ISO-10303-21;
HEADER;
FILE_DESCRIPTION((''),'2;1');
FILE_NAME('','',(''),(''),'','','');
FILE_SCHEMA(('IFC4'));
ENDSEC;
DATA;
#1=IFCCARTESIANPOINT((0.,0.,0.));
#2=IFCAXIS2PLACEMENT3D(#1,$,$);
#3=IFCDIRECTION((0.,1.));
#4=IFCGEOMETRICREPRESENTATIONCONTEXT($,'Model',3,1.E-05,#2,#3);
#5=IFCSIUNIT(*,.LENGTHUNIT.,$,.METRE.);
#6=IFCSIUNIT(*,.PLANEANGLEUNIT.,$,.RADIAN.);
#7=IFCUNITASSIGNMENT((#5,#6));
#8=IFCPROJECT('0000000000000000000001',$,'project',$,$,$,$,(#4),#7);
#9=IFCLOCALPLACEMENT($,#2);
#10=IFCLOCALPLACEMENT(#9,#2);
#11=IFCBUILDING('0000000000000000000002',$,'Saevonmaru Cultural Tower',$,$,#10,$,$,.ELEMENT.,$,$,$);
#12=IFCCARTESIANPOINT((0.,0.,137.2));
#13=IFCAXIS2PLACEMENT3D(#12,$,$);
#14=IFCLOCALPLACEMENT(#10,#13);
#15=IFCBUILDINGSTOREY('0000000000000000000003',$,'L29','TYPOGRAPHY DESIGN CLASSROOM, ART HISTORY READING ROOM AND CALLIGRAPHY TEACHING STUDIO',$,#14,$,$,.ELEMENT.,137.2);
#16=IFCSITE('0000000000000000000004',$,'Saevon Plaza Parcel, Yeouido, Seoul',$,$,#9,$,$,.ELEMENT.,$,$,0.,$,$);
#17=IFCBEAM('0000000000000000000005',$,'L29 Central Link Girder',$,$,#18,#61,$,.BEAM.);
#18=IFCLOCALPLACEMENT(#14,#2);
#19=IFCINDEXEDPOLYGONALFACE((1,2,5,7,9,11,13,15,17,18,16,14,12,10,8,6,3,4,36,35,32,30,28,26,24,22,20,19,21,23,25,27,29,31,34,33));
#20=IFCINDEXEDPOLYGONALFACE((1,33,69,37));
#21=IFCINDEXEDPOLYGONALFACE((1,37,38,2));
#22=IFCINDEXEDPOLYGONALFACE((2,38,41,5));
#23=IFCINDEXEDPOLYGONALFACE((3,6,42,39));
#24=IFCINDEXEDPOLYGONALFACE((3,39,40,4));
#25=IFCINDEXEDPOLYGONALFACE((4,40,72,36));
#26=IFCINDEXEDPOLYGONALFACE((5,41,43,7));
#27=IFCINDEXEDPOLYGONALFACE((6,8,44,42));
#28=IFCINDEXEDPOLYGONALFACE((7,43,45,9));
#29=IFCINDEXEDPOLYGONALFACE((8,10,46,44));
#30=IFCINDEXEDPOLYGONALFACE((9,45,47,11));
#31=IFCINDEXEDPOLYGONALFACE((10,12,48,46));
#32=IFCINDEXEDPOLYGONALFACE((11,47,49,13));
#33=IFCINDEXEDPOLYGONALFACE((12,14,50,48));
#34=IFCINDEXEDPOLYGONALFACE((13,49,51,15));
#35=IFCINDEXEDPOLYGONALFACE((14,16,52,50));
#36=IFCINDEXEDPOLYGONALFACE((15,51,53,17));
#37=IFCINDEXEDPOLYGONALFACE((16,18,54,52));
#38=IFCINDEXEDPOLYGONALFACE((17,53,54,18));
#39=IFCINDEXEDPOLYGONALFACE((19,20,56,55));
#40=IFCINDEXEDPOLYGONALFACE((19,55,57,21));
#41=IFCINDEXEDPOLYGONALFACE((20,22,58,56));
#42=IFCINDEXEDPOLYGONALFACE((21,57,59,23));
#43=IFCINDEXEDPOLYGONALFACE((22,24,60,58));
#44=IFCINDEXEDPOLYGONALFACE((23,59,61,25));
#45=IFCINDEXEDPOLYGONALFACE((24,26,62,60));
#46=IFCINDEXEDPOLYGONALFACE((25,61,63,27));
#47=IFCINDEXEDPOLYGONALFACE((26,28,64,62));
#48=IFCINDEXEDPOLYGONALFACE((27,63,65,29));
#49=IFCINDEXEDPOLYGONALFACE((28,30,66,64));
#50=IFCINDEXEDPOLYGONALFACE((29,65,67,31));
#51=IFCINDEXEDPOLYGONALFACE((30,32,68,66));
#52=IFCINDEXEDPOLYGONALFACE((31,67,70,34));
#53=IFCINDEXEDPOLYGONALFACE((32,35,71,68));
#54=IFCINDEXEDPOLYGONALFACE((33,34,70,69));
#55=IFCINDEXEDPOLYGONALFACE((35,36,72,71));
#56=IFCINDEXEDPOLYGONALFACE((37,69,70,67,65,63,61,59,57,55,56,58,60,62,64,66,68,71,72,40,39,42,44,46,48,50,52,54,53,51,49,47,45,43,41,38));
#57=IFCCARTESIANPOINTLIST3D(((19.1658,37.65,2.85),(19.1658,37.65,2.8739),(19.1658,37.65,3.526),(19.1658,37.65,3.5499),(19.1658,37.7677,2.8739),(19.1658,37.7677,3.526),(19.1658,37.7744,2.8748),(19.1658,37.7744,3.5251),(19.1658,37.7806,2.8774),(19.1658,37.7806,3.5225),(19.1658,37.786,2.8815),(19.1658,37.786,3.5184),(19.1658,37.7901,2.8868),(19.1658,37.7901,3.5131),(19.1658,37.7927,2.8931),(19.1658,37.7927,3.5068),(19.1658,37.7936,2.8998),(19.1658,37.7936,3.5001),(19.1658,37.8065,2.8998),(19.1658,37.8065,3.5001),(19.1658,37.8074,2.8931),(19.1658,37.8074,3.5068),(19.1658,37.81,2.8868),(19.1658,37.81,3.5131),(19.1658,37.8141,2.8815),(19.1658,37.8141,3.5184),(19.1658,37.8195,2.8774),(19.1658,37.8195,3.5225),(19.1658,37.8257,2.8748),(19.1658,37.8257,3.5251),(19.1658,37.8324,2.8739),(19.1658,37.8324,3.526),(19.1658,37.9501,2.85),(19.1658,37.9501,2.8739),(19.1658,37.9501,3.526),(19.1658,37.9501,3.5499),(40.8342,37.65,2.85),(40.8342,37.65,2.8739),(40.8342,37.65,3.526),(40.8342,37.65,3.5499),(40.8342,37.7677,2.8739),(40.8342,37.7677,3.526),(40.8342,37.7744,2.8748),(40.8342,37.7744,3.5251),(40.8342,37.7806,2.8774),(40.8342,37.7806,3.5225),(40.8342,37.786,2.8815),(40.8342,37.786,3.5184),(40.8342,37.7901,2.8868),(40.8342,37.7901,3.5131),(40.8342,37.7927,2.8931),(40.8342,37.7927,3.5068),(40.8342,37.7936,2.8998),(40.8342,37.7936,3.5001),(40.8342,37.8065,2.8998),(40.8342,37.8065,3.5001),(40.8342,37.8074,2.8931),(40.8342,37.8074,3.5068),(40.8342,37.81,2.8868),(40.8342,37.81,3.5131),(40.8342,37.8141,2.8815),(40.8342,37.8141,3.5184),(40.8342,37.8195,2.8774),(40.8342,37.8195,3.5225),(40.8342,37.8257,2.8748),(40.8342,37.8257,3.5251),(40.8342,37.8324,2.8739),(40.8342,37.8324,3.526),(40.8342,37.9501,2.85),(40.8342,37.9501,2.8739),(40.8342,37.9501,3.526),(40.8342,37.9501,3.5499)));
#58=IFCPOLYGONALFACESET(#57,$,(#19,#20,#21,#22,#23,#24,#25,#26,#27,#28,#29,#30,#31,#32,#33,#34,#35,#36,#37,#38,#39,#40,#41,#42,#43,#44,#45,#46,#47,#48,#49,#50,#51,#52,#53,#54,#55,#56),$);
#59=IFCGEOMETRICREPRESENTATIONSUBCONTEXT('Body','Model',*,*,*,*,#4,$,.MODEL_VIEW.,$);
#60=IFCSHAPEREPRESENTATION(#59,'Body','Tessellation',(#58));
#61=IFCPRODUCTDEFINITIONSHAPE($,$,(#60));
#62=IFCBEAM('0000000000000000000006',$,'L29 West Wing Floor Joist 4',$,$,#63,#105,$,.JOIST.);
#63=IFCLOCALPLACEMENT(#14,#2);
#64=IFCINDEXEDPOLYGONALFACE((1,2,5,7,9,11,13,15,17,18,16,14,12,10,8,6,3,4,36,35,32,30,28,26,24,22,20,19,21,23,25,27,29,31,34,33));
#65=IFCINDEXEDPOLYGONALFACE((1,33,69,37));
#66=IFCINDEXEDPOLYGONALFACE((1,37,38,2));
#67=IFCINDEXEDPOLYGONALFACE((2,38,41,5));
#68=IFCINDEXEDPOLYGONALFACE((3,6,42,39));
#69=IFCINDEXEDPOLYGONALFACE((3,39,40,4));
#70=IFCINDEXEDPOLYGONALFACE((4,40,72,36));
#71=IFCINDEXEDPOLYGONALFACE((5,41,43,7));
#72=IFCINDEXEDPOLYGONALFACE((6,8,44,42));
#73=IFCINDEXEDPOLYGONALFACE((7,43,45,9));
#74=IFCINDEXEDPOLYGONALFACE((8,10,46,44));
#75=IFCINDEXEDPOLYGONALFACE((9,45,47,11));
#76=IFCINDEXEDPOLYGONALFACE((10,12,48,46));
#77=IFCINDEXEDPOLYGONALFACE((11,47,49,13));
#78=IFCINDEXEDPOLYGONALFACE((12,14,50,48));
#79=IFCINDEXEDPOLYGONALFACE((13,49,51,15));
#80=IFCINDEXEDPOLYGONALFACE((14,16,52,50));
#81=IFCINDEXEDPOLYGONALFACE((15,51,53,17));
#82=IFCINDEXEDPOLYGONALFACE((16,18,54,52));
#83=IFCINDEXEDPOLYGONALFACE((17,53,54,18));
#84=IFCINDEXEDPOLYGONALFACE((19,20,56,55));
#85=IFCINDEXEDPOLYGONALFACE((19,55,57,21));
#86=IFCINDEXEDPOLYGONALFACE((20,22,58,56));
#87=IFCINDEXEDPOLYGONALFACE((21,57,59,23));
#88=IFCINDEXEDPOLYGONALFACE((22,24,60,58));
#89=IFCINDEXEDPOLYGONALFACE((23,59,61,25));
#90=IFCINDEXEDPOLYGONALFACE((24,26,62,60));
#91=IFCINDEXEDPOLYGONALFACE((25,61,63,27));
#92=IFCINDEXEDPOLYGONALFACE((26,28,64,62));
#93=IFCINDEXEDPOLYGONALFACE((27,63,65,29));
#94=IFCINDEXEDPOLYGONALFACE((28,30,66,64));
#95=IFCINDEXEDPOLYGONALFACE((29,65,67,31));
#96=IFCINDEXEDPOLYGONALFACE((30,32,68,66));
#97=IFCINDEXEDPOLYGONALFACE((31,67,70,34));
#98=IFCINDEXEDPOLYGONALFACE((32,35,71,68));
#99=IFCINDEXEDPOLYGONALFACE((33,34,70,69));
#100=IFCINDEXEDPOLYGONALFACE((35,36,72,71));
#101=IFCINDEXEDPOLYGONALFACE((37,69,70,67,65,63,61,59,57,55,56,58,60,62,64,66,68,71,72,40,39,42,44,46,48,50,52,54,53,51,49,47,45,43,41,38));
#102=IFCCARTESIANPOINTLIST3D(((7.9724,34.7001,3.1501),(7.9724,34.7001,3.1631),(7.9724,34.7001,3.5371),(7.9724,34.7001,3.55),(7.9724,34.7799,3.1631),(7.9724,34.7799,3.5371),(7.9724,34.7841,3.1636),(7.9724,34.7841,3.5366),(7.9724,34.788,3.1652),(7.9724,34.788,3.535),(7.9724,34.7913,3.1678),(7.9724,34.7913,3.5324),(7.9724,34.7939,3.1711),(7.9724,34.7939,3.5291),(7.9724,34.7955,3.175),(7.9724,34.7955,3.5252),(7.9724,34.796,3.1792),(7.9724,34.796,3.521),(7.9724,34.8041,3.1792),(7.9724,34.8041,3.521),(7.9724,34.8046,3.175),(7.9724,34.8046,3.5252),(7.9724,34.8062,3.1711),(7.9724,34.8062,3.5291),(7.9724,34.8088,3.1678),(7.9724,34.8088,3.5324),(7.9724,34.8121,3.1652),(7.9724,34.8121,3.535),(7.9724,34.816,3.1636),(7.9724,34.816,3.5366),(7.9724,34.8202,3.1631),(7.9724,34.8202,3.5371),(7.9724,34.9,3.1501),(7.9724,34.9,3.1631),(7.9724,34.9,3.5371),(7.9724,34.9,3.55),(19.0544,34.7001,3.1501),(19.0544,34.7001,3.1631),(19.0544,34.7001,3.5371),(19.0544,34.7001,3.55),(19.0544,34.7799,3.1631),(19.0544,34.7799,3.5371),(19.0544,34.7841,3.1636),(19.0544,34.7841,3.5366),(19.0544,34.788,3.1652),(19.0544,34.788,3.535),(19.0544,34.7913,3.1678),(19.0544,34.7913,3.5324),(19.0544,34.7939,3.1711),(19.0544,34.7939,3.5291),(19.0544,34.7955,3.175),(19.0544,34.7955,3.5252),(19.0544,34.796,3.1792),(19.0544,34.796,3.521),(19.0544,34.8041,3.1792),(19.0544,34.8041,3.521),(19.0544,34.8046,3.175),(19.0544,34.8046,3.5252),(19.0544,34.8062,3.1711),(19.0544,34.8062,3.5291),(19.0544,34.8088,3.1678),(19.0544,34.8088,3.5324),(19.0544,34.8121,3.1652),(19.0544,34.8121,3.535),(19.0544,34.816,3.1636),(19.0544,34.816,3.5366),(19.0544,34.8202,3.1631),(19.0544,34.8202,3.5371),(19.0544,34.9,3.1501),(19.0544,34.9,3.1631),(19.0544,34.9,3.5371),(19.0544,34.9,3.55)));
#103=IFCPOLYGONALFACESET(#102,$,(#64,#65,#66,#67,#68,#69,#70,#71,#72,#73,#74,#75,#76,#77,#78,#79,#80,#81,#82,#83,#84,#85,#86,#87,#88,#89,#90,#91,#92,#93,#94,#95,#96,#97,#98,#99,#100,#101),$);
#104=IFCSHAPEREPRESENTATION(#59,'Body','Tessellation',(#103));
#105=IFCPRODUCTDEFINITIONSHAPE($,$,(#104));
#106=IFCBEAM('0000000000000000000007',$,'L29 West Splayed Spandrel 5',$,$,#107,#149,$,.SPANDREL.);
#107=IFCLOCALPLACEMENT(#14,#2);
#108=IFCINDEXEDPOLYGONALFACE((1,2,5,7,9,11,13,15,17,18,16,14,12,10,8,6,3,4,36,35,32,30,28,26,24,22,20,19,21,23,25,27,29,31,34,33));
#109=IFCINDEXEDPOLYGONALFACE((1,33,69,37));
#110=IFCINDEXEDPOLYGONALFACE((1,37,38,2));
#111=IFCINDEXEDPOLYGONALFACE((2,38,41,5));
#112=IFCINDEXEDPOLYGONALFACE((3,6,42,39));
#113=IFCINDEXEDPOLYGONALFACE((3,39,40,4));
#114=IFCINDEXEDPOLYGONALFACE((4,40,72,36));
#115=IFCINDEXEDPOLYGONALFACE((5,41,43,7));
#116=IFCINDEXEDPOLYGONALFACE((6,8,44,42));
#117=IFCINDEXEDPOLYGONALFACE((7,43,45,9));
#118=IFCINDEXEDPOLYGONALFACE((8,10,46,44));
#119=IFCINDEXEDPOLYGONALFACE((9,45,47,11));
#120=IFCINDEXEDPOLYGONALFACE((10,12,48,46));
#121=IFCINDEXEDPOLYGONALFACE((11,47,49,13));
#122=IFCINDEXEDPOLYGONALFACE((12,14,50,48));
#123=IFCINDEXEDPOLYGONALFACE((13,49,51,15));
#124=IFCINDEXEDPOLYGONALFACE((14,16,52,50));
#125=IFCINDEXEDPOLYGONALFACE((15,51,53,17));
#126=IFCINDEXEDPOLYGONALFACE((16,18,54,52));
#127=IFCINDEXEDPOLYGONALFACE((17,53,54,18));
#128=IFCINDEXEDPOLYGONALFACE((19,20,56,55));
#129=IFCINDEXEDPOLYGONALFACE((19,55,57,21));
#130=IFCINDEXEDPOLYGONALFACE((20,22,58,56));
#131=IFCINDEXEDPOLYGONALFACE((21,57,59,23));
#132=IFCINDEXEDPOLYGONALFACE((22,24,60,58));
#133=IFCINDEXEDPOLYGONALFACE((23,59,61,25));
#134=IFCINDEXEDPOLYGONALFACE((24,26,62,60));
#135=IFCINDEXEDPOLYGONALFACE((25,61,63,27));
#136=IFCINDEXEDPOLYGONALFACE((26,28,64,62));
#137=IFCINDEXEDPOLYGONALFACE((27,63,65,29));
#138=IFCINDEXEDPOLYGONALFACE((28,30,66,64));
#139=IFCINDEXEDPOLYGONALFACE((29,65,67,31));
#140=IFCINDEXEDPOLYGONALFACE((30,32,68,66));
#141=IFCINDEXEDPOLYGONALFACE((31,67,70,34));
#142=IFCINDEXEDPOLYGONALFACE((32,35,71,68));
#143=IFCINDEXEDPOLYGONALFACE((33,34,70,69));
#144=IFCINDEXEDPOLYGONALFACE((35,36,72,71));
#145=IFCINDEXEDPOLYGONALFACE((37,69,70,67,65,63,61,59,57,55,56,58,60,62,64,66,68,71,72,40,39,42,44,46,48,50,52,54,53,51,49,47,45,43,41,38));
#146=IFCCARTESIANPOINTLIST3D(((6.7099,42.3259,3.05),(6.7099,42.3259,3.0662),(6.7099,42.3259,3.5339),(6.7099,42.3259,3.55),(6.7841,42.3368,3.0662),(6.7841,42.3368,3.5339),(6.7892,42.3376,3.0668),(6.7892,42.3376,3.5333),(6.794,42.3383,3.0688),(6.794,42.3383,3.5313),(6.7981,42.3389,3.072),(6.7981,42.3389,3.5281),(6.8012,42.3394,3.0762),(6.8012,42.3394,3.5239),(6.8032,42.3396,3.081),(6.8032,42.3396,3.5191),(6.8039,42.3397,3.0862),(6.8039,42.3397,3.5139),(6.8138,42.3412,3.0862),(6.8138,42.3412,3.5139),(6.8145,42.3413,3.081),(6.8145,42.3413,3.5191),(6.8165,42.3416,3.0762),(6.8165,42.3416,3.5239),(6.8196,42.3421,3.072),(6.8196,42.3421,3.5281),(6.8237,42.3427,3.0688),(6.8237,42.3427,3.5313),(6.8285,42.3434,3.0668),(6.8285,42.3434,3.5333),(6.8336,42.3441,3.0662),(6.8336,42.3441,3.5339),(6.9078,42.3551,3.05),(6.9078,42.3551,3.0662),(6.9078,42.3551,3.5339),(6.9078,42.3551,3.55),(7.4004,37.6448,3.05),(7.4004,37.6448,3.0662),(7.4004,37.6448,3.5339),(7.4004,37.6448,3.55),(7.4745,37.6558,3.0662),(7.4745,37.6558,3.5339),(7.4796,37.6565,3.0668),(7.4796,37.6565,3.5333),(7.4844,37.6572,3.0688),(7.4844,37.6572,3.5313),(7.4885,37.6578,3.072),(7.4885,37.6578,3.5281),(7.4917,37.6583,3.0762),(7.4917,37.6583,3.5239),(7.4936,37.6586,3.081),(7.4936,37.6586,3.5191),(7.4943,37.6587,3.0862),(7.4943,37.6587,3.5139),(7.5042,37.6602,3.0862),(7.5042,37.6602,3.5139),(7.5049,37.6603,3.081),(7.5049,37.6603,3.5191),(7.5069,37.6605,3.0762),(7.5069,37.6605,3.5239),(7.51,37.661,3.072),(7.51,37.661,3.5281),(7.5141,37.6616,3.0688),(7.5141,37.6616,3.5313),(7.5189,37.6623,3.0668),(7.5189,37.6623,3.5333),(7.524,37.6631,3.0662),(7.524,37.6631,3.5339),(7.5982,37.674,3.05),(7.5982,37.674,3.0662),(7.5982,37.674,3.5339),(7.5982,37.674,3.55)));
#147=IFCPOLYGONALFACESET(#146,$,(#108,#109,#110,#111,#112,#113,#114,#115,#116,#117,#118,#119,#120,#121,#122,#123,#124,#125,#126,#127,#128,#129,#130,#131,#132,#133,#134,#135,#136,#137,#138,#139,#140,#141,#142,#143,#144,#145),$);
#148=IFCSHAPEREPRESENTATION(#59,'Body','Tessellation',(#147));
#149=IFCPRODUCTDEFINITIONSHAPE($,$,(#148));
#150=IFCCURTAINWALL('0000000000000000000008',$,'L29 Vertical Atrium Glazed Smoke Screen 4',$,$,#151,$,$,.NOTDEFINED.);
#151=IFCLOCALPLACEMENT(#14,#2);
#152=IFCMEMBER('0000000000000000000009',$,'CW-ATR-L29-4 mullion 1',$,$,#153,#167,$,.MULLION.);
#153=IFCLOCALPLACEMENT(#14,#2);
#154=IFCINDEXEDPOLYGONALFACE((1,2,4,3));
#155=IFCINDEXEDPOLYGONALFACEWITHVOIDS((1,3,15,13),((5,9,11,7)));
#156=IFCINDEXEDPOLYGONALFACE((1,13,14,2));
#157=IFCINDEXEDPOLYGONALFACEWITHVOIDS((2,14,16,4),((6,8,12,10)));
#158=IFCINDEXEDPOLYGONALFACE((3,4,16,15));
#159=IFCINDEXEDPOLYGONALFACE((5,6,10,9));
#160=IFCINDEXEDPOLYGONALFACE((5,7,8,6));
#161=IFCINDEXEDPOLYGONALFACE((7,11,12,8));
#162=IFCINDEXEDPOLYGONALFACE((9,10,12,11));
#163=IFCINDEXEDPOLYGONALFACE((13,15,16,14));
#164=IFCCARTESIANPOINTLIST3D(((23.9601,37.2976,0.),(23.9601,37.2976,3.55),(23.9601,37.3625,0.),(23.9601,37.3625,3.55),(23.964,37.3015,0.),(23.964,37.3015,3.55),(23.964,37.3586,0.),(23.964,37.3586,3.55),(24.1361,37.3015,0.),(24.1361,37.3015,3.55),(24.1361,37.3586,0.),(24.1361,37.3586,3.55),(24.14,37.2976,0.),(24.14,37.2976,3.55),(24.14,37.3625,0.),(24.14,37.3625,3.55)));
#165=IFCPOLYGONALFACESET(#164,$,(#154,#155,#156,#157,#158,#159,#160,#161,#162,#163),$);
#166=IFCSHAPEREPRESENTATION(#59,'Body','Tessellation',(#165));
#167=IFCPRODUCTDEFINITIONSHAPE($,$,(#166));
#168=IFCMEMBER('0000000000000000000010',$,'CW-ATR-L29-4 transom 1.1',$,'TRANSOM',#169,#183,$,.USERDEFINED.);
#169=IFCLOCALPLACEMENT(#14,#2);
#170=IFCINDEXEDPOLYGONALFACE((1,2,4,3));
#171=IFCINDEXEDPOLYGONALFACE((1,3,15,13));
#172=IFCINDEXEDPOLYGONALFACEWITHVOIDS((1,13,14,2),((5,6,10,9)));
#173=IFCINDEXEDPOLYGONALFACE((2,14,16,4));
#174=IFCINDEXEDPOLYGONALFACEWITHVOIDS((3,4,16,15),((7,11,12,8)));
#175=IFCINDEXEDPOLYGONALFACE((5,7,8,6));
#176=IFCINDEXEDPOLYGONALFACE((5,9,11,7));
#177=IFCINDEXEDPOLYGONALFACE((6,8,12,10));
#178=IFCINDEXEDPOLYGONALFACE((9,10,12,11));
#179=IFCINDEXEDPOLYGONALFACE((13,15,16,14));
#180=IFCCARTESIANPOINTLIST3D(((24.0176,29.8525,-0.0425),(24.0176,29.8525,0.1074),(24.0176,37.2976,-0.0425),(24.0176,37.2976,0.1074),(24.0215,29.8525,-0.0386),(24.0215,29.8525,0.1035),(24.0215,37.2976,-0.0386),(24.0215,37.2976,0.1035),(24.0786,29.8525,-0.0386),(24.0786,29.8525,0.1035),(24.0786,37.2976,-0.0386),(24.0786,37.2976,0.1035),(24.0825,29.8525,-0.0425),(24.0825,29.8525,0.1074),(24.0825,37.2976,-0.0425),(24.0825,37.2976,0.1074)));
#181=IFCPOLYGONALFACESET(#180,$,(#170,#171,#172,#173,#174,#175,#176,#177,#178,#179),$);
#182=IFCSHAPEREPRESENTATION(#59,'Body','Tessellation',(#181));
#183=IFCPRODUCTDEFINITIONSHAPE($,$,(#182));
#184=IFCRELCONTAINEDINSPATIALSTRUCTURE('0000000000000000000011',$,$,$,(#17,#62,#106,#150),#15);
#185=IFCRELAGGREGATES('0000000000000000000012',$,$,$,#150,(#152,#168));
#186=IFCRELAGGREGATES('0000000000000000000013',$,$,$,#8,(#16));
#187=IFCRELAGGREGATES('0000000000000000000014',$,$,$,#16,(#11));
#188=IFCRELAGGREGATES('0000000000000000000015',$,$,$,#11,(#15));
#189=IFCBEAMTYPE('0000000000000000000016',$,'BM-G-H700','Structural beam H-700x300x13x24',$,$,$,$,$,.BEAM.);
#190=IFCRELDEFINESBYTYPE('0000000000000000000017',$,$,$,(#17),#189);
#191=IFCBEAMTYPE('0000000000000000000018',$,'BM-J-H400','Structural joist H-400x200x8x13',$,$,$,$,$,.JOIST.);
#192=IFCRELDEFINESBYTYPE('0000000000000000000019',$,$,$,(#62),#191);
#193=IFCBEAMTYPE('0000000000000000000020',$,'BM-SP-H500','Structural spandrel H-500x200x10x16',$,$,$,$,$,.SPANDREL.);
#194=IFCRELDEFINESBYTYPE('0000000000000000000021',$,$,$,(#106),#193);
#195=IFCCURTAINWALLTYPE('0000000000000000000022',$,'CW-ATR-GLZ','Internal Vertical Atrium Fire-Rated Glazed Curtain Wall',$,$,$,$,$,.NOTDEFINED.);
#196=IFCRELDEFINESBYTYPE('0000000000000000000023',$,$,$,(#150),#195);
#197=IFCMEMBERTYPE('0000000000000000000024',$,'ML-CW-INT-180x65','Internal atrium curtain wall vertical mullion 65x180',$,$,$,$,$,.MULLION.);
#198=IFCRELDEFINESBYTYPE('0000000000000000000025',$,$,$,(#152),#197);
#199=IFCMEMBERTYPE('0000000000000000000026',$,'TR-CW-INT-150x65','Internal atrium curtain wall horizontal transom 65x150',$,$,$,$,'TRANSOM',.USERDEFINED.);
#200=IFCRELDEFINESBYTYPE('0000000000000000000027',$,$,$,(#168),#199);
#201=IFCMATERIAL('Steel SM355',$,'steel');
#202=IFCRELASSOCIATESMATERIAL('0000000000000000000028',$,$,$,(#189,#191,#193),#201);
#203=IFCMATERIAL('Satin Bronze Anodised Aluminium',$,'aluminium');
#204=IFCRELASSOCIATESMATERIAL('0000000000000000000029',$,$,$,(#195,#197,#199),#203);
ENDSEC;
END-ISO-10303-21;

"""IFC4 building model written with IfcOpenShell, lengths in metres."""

from ifc_helpers import new_model, si_unit, direction, frame, origin, origin_2d, place, context, subcontext, project, spatial, hollow_rectangle, i_section, extrude, material, material_profile, profile_set, type_object, element, aggregate, save


model = new_model("IFC4")

# Units and contexts
model_context = context("Model", 3, precision=1e-05, world=origin(), true_north=direction((0.0, 1.0)))
body_context = subcontext(model_context, "Body", "Model", "MODEL_VIEW")
ifc_project = project(units=[si_unit("LENGTHUNIT", "METRE"), si_unit("PLANEANGLEUNIT", "RADIAN")], contexts=[model_context])

# Site, building, storey
site_placement = place(None, origin())
site = spatial("IfcSite", under=ifc_project, at=site_placement, Name="Saevon Plaza Parcel, Yeouido, Seoul", CompositionType="ELEMENT", RefElevation=0.0)
building_placement = place(site_placement, origin())
building = spatial("IfcBuilding", under=site, at=building_placement, Name="Saevonmaru Cultural Tower", CompositionType="ELEMENT")
storey_placement = place(building_placement, frame((0.0, 0.0, 137.2)))
storey = spatial("IfcBuildingStorey", under=building, at=storey_placement, Name="L29", Description="TYPOGRAPHY DESIGN CLASSROOM, ART HISTORY READING ROOM AND CALLIGRAPHY TEACHING STUDIO", CompositionType="ELEMENT", Elevation=137.2)

# Shared definitions
ifc_material_1 = material(Name="Steel SM355", Category="steel")

# Beams
ifc_material_profile_1 = material_profile(ifc_material_1, i_section(OverallWidth=0.3, OverallDepth=0.7, WebThickness=0.0129, FlangeThickness=0.0239, FilletRadius=0.0259, at=origin_2d()), Name="H-700x300x13x24")
ifc_profile_set_1 = profile_set([ifc_material_profile_1], Name="Steel SM355")
beam_type_1 = type_object("IfcBeamType", Name="BM-G-H700", Description="Structural beam H-700x300x13x24", PredefinedType="BEAM", material=ifc_profile_set_1)
beam_1_placement = place(storey_placement, frame((19.1658, 37.8, 3.2), z_axis=(1.0, 0.0, 0.0), x_axis=(0.0, 1.0, 0.0)))
element("IfcBeam", 1, at=beam_1_placement, inside=storey, type_object=beam_type_1, Name="L29 Central Link Girder", PredefinedType="BEAM", context=body_context, shape_type="SweptSolid", body=[
    extrude(i_section(OverallWidth=0.3, OverallDepth=0.7, WebThickness=0.0129, FlangeThickness=0.0239, FilletRadius=0.0259, at=origin_2d()), origin(), (0.0, 0.0, 1.0), 21.6685),
])
ifc_material_profile_2 = material_profile(ifc_material_1, i_section(OverallWidth=0.2, OverallDepth=0.3999, WebThickness=0.0081, FlangeThickness=0.0129, FilletRadius=0.0161, at=origin_2d()), Name="H-400x200x8x13")
ifc_profile_set_2 = profile_set([ifc_material_profile_2], Name="Steel SM355")
beam_type_2 = type_object("IfcBeamType", Name="BM-J-H400", Description="Structural joist H-400x200x8x13", PredefinedType="JOIST", material=ifc_profile_set_2)
beam_2_placement = place(storey_placement, frame((7.9724, 34.8, 3.3501), z_axis=(1.0, 0.0, 0.0), x_axis=(0.0, 1.0, 0.0)))
element("IfcBeam", 2, at=beam_2_placement, inside=storey, type_object=beam_type_2, Name="L29 West Wing Floor Joist 4", PredefinedType="JOIST", context=body_context, shape_type="SweptSolid", body=[
    extrude(i_section(OverallWidth=0.2, OverallDepth=0.3999, WebThickness=0.0081, FlangeThickness=0.0129, FilletRadius=0.0161, at=origin_2d()), origin(), (0.0, 0.0, 1.0), 11.082),
])
ifc_material_profile_3 = material_profile(ifc_material_1, i_section(OverallWidth=0.2, OverallDepth=0.5, WebThickness=0.01, FlangeThickness=0.0161, FilletRadius=0.02, at=origin_2d()), Name="H-500x200x10x16")
ifc_profile_set_3 = profile_set([ifc_material_profile_3], Name="Steel SM355")
beam_type_3 = type_object("IfcBeamType", Name="BM-SP-H500", Description="Structural spandrel H-500x200x10x16", PredefinedType="SPANDREL", material=ifc_profile_set_3)
beam_3_placement = place(storey_placement, frame((7.4993, 37.6594, 3.3), z_axis=(-0.145913, 0.989297, 0.0), x_axis=(-0.989297, -0.145913, 0.0)))
element("IfcBeam", 3, at=beam_3_placement, inside=storey, type_object=beam_type_3, Name="L29 West Splayed Spandrel 5", PredefinedType="SPANDREL", context=body_context, shape_type="SweptSolid", body=[
    extrude(i_section(OverallWidth=0.2, OverallDepth=0.5, WebThickness=0.01, FlangeThickness=0.0161, FilletRadius=0.02, at=origin_2d()), origin(), (0.0, 0.0, 1.0), 4.7317),
])

# Curtain wall, members
ifc_material_2 = material(Name="Satin Bronze Anodised Aluminium", Category="aluminium")
curtain_wall_type_1 = type_object("IfcCurtainWallType", Name="CW-ATR-GLZ", Description="Internal Vertical Atrium Fire-Rated Glazed Curtain Wall", PredefinedType="NOTDEFINED", material=ifc_material_2)
curtain_wall_1_placement = place(storey_placement, origin())
curtain_wall_1 = element("IfcCurtainWall", 4, at=curtain_wall_1_placement, inside=storey, type_object=curtain_wall_type_1, Name="L29 Vertical Atrium Glazed Smoke Screen 4", PredefinedType="NOTDEFINED")
ifc_material_profile_4 = material_profile(ifc_material_2, hollow_rectangle(XDim=0.0649, YDim=0.1799, WallThickness=0.0039, at=origin_2d()), Name="ALU-MULL-180x65x4")
ifc_profile_set_4 = profile_set([ifc_material_profile_4], Name="Satin Bronze Anodised Aluminium")
member_type_1 = type_object("IfcMemberType", Name="ML-CW-INT-180x65", Description="Internal atrium curtain wall vertical mullion 65x180", PredefinedType="MULLION", material=ifc_profile_set_4)
member_1_placement = place(storey_placement, frame((24.05, 37.3301, 0.0), z_axis=(0.0, 0.0, 1.0), x_axis=(0.0, -1.0, 0.0)))
member_1 = element("IfcMember", 5, at=member_1_placement, type_object=member_type_1, Name="CW-ATR-L29-4 mullion 1", PredefinedType="MULLION", context=body_context, shape_type="SweptSolid", body=[
    extrude(hollow_rectangle(XDim=0.0649, YDim=0.1799, WallThickness=0.0039, at=origin_2d()), origin(), (0.0, 0.0, 1.0), 3.55),
])
ifc_material_profile_5 = material_profile(ifc_material_2, hollow_rectangle(XDim=0.0649, YDim=0.1499, WallThickness=0.0039, at=origin_2d()), Name="ALU-TRAN-150x65x4")
ifc_profile_set_5 = profile_set([ifc_material_profile_5], Name="Satin Bronze Anodised Aluminium")
member_type_2 = type_object("IfcMemberType", Name="TR-CW-INT-150x65", Description="Internal atrium curtain wall horizontal transom 65x150", ElementType="TRANSOM", PredefinedType="USERDEFINED", material=ifc_profile_set_5)
member_2_placement = place(storey_placement, frame((24.05, 37.2976, 0.0325), z_axis=(0.0, -1.0, 0.0), x_axis=(1.0, 0.0, 0.0)))
member_2 = element("IfcMember", 6, at=member_2_placement, type_object=member_type_2, Name="CW-ATR-L29-4 transom 1.1", ObjectType="TRANSOM", PredefinedType="USERDEFINED", context=body_context, shape_type="SweptSolid", body=[
    extrude(hollow_rectangle(XDim=0.0649, YDim=0.1499, WallThickness=0.0039, at=origin_2d()), origin(), (0.0, 0.0, 1.0), 7.4451),
])
aggregate(curtain_wall_1, [member_1, member_2])

save(model, "model.ifc")
